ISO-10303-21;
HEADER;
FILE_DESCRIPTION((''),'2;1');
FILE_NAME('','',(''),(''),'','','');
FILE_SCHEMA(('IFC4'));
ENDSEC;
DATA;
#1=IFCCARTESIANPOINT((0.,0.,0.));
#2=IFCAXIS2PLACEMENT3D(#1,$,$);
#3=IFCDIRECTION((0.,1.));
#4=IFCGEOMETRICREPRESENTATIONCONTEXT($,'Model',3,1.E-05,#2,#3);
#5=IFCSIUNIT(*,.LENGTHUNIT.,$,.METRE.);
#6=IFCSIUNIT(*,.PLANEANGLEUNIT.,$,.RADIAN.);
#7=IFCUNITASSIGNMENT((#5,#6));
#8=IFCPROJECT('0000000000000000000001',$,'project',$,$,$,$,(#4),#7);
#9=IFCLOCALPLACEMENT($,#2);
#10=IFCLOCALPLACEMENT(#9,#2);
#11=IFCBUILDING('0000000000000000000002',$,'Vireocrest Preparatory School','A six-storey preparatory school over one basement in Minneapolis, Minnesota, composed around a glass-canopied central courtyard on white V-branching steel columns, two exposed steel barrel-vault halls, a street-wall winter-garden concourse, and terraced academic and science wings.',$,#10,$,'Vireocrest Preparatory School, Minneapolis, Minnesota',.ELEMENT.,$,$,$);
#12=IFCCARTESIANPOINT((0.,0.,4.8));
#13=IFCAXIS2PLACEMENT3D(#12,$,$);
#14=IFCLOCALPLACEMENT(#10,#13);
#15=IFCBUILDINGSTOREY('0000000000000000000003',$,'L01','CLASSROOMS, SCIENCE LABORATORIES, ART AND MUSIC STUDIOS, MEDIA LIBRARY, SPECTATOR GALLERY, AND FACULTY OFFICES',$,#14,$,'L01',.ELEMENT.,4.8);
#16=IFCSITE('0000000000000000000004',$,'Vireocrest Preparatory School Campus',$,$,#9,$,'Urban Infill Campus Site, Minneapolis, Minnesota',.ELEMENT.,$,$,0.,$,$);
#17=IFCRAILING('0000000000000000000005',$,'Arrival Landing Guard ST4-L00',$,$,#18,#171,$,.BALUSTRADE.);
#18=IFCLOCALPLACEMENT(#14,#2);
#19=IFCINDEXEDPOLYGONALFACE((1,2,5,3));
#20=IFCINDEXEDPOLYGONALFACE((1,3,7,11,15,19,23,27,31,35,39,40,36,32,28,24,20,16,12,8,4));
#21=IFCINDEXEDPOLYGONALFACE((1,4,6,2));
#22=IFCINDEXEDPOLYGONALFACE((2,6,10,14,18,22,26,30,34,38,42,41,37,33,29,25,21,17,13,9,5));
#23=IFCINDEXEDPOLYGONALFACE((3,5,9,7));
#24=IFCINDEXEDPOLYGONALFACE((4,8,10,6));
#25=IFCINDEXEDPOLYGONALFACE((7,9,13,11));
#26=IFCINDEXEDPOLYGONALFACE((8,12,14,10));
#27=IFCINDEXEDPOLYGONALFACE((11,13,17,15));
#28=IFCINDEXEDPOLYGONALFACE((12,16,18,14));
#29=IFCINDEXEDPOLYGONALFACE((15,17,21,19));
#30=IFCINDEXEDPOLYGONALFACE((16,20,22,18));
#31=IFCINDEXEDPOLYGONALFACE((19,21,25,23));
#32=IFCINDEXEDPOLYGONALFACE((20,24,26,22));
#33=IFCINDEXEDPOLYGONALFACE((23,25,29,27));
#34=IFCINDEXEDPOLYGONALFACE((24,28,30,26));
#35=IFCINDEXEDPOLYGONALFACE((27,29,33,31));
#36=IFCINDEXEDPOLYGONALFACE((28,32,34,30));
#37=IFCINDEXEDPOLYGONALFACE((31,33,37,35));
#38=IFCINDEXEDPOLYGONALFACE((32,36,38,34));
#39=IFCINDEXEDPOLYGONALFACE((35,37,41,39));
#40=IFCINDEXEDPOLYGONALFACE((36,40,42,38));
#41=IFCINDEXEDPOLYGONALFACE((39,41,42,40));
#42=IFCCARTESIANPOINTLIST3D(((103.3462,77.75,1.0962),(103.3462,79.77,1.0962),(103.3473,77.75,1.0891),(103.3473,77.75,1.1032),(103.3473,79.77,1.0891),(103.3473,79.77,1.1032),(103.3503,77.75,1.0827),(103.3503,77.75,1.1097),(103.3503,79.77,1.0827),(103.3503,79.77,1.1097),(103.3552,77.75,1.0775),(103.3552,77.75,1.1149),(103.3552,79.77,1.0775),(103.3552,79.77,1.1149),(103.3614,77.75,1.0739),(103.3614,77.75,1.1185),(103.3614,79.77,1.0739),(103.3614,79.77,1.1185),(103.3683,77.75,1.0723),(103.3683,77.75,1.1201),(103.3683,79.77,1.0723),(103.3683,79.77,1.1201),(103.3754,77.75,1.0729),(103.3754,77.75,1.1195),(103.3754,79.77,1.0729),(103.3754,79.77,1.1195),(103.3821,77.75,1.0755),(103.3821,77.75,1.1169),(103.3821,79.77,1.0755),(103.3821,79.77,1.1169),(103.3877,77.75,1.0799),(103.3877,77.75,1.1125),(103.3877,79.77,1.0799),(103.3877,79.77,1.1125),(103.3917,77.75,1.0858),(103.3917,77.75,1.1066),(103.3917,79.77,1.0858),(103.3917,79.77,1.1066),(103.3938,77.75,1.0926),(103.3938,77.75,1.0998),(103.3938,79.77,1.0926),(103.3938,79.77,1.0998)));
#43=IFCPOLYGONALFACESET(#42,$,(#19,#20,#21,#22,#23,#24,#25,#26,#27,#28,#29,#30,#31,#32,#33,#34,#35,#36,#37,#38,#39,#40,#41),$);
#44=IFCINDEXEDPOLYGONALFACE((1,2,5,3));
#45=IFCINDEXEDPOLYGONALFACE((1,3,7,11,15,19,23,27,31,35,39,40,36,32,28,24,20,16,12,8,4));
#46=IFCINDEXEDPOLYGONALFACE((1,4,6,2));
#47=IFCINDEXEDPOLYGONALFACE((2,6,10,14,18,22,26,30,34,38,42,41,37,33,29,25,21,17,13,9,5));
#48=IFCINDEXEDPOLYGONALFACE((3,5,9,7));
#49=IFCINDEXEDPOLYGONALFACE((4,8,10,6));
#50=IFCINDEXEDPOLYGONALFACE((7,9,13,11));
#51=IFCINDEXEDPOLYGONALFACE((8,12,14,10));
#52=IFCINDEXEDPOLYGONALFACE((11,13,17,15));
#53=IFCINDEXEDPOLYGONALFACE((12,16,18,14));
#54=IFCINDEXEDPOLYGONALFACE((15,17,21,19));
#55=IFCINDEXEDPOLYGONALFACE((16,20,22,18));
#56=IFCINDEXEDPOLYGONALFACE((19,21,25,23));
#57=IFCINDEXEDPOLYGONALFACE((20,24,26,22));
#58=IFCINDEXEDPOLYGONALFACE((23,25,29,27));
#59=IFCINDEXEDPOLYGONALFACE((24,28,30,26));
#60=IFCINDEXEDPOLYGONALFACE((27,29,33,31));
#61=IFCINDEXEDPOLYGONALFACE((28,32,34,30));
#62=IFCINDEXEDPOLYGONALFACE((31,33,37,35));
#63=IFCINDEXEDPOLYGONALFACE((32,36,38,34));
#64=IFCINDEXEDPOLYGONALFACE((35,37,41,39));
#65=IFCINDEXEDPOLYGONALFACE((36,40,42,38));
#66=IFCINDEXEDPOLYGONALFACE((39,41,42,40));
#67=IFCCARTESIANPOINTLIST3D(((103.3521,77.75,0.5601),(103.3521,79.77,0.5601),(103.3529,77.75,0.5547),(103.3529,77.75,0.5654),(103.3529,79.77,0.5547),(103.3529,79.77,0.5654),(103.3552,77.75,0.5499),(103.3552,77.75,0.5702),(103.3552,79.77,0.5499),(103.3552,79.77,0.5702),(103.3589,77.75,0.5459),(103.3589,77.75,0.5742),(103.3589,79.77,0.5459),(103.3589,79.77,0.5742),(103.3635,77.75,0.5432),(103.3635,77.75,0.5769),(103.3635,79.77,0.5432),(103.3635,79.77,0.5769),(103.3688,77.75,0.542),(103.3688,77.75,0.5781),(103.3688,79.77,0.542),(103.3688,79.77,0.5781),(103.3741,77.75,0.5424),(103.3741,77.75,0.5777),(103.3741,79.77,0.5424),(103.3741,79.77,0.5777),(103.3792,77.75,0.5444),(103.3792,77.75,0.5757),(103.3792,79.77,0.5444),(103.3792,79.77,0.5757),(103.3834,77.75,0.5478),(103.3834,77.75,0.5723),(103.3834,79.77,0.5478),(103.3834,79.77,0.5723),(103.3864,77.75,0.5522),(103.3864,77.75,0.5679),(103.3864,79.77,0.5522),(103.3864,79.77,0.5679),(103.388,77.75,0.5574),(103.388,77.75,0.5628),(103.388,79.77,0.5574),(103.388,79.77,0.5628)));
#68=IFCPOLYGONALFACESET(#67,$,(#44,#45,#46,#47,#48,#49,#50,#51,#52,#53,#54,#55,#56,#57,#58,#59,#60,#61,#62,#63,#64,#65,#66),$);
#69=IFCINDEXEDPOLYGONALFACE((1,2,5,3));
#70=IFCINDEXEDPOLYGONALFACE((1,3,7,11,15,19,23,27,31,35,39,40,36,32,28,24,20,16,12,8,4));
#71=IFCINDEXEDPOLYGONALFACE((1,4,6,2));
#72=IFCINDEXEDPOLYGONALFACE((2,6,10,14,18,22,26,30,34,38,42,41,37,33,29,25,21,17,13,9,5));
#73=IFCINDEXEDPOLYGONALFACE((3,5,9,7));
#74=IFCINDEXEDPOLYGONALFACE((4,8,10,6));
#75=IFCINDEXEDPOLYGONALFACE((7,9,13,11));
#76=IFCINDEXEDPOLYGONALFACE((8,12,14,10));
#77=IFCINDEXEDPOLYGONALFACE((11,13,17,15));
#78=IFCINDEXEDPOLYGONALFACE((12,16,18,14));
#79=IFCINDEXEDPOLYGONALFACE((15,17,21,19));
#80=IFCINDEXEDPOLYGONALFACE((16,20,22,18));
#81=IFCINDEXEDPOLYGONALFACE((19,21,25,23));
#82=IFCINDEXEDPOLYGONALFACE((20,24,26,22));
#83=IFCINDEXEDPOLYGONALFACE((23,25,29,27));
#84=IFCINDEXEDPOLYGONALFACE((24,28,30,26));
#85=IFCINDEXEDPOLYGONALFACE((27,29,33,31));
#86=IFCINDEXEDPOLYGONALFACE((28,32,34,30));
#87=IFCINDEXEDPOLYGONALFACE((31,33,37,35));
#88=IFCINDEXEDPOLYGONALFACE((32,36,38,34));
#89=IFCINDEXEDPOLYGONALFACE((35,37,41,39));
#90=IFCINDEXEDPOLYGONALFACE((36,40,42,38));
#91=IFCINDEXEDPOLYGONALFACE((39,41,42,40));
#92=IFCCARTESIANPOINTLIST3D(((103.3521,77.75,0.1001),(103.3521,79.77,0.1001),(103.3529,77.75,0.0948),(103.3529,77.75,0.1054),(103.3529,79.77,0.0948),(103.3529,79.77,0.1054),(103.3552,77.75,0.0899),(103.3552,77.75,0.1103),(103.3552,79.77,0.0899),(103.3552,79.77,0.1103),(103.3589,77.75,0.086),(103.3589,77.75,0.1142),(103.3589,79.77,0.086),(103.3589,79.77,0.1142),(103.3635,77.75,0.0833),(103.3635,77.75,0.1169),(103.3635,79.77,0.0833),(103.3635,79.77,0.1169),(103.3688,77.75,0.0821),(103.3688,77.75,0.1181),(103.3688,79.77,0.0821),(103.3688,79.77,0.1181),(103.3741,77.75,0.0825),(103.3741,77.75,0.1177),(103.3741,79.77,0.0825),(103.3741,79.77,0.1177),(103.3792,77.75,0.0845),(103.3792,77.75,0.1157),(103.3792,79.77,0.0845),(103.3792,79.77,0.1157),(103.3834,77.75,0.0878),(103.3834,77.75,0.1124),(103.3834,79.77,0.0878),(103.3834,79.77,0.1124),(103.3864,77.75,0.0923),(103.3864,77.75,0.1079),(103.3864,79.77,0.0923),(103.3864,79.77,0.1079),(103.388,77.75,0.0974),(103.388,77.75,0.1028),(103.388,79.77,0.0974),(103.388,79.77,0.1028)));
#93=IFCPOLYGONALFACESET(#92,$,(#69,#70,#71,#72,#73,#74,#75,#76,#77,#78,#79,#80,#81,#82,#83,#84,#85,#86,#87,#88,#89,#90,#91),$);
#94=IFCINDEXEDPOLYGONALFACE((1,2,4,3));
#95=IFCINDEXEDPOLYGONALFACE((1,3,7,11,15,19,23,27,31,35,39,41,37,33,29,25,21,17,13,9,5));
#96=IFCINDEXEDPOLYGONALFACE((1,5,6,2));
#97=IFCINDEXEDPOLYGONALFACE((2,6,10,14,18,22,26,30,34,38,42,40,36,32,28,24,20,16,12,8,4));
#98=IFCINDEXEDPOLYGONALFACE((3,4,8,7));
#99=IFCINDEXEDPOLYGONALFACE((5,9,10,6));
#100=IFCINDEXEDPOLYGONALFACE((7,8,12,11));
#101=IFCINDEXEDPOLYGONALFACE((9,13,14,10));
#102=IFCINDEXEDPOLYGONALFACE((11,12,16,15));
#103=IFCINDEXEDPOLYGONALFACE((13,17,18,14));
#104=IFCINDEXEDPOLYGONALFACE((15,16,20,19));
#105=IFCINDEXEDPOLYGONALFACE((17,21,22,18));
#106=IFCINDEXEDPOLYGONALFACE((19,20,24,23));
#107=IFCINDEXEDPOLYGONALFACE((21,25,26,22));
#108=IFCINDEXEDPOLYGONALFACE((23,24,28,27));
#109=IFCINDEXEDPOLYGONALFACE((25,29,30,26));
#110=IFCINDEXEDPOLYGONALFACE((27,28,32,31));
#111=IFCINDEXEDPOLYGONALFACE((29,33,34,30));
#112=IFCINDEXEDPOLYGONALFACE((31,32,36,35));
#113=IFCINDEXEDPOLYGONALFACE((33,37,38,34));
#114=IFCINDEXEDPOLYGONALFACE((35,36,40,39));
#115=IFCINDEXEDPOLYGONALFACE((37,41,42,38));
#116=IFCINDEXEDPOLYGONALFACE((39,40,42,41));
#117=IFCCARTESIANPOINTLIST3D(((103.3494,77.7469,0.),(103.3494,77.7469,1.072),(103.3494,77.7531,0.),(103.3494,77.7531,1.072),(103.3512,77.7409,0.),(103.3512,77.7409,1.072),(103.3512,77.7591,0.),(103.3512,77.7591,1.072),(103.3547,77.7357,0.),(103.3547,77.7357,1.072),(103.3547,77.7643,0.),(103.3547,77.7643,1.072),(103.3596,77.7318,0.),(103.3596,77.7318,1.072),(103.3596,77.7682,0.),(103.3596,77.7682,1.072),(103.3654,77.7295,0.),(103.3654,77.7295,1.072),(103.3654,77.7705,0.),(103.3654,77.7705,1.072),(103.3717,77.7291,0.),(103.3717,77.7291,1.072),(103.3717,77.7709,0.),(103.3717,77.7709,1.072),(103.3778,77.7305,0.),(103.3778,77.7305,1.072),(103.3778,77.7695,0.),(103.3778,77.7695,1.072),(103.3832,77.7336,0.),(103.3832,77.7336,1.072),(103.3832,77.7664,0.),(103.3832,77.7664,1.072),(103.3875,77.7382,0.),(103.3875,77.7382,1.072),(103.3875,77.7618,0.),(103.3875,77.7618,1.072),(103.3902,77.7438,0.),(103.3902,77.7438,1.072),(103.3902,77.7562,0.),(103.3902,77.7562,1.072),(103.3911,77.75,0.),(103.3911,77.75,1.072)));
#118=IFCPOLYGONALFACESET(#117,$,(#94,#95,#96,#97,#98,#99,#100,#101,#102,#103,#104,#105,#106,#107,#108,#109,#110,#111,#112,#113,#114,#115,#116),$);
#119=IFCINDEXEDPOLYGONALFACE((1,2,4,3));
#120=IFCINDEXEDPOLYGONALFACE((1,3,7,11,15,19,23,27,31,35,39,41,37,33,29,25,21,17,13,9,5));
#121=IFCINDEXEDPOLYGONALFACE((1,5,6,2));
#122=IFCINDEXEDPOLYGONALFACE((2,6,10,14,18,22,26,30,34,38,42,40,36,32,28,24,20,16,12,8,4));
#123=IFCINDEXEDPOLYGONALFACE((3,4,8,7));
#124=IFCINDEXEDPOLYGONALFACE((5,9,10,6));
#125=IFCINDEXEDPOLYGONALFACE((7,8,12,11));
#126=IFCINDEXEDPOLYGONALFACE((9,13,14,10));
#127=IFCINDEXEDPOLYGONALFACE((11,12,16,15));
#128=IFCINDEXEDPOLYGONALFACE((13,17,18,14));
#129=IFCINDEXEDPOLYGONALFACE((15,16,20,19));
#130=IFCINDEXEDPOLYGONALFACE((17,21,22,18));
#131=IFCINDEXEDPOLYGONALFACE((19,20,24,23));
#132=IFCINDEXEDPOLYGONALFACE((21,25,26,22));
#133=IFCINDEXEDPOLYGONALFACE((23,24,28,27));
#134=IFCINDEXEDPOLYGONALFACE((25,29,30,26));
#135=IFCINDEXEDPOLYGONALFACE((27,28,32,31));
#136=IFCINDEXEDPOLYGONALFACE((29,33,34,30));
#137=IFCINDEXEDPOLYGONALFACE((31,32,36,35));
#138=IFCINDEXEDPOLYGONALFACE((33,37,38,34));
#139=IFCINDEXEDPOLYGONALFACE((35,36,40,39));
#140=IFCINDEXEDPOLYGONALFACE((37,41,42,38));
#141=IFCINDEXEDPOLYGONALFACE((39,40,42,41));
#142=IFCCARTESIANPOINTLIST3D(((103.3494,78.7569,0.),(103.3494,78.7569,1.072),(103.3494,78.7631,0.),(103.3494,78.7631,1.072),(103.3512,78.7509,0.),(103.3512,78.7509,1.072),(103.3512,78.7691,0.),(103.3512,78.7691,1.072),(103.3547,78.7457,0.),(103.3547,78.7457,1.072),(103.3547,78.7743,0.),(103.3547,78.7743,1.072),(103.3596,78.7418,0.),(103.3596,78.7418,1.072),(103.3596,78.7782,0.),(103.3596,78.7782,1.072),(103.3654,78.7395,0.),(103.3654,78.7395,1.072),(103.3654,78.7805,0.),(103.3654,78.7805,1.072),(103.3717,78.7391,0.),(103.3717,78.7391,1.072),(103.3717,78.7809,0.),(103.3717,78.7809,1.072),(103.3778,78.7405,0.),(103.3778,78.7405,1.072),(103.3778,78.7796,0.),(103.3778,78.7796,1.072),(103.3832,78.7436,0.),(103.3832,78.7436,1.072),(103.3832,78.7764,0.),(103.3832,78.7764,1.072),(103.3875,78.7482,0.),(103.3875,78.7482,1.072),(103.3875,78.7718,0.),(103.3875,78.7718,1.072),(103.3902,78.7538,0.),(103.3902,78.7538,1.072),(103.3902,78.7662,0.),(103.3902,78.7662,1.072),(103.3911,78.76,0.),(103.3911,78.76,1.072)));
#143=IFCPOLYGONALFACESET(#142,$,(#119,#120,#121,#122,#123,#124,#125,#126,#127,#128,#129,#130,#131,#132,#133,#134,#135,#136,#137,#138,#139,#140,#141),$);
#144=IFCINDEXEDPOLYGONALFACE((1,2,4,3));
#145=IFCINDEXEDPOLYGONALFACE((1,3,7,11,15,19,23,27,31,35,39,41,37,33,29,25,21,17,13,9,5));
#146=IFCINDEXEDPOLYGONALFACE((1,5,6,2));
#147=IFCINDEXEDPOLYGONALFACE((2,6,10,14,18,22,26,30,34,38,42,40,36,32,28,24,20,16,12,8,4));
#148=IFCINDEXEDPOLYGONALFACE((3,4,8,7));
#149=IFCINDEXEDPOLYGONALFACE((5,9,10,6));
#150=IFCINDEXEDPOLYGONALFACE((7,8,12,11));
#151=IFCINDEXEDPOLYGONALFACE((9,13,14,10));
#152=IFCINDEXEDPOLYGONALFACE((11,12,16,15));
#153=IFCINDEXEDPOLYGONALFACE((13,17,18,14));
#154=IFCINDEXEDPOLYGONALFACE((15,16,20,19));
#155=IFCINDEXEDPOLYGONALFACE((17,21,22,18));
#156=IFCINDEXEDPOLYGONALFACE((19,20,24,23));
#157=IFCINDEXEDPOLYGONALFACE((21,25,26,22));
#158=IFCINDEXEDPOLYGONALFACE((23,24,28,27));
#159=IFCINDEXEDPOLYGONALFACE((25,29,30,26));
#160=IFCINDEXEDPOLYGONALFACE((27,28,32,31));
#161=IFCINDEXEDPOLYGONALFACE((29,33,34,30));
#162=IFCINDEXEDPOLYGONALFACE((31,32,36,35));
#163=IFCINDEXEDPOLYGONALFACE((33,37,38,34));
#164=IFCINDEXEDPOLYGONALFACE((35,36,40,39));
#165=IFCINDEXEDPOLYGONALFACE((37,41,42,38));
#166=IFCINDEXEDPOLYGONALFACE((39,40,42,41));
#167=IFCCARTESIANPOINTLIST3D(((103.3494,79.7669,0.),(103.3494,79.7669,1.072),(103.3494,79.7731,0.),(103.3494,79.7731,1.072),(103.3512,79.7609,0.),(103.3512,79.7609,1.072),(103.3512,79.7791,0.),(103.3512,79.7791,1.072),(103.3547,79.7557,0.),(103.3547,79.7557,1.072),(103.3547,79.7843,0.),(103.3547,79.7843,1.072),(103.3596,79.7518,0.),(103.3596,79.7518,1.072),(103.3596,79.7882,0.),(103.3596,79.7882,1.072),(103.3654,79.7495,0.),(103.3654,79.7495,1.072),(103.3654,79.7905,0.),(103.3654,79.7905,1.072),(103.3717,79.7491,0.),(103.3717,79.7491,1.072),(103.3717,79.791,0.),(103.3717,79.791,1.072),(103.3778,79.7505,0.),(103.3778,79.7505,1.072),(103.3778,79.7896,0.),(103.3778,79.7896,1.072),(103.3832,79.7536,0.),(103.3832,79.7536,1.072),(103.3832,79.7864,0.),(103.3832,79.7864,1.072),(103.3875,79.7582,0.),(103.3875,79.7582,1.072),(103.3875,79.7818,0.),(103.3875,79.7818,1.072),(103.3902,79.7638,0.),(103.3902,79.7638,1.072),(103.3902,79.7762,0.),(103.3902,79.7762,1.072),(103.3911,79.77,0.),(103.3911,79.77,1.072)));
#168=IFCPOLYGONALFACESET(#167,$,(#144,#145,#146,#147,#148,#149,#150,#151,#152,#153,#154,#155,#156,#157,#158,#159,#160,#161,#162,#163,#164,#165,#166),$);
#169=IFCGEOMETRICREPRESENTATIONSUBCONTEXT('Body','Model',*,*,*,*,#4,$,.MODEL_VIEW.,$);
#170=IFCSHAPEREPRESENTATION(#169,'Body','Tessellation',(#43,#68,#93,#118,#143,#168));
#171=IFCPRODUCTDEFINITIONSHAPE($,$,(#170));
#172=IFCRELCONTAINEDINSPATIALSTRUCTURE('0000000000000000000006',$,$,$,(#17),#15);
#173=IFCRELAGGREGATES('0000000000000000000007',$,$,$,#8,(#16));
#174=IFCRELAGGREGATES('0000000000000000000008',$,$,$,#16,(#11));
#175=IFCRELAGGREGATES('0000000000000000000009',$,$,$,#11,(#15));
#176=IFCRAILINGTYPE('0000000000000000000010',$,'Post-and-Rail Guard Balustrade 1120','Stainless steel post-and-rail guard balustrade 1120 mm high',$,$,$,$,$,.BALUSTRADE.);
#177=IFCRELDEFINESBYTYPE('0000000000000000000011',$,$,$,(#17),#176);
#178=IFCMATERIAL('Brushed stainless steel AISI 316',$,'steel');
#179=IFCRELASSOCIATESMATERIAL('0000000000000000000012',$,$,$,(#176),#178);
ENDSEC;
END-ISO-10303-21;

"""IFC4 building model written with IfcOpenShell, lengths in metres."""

from ifc_helpers import new_model, si_unit, direction, frame, origin, origin_2d, place, context, subcontext, project, spatial, circle, extrude, material, type_object, element, save


model = new_model("IFC4")

# Units and contexts
model_context = context("Model", 3, precision=1e-05, world=origin(), true_north=direction((0.0, 1.0)))
body_context = subcontext(model_context, "Body", "Model", "MODEL_VIEW")
ifc_project = project(units=[si_unit("LENGTHUNIT", "METRE"), si_unit("PLANEANGLEUNIT", "RADIAN")], contexts=[model_context])

# Site, building, storey
site_placement = place(None, origin())
site = spatial("IfcSite", under=ifc_project, at=site_placement, Name="Vireocrest Preparatory School Campus", LongName="Urban Infill Campus Site, Minneapolis, Minnesota", CompositionType="ELEMENT", RefElevation=0.0)
building_placement = place(site_placement, origin())
building = spatial("IfcBuilding", under=site, at=building_placement, Name="Vireocrest Preparatory School", Description="A six-storey preparatory school over one basement in Minneapolis, Minnesota, composed around a glass-canopied central courtyard on white V-branching steel columns, two exposed steel barrel-vault halls, a street-wall winter-garden concourse, and terraced academic and science wings.", LongName="Vireocrest Preparatory School, Minneapolis, Minnesota", CompositionType="ELEMENT")
storey_placement = place(building_placement, frame((0.0, 0.0, 4.8)))
storey = spatial("IfcBuildingStorey", under=building, at=storey_placement, Name="L01", Description="CLASSROOMS, SCIENCE LABORATORIES, ART AND MUSIC STUDIOS, MEDIA LIBRARY, SPECTATOR GALLERY, AND FACULTY OFFICES", LongName="L01", CompositionType="ELEMENT", Elevation=4.8)

# Railing
ifc_material_1 = material(Name="Brushed stainless steel AISI 316", Category="steel")
railing_type_1 = type_object("IfcRailingType", Name="Post-and-Rail Guard Balustrade 1120", Description="Stainless steel post-and-rail guard balustrade 1120 mm high", PredefinedType="BALUSTRADE", material=ifc_material_1)
railing_1_placement = place(storey_placement, frame((103.3701, 77.75, 0.0)))
element("IfcRailing", 1, at=railing_1_placement, inside=storey, type_object=railing_type_1, Name="Arrival Landing Guard ST4-L00", PredefinedType="BALUSTRADE", context=body_context, shape_type="SweptSolid", body=[
    extrude(circle(Radius=0.0239, at=origin_2d()), frame((0.0, 0.0, 1.0962), z_axis=(0.0, 1.0, 0.0), x_axis=(-1.0, 0.0, 0.0)), (0.0, 0.0, 1.0), 2.02),
    extrude(circle(Radius=0.0181, at=origin_2d()), frame((0.0, 0.0, 0.5601), z_axis=(0.0, 1.0, 0.0), x_axis=(-1.0, 0.0, 0.0)), (0.0, 0.0, 1.0), 2.02),
    extrude(circle(Radius=0.0181, at=origin_2d()), frame((0.0, 0.0, 0.1001), z_axis=(0.0, 1.0, 0.0), x_axis=(-1.0, 0.0, 0.0)), (0.0, 0.0, 1.0), 2.02),
    extrude(circle(Radius=0.021, at=origin_2d()), origin(), (0.0, 0.0, 1.0), 1.072),
    extrude(circle(Radius=0.021, at=origin_2d()), frame((0.0, 1.01, 0.0)), (0.0, 0.0, 1.0), 1.072),
    extrude(circle(Radius=0.021, at=origin_2d()), frame((0.0, 2.02, 0.0)), (0.0, 0.0, 1.0), 1.072),
])

save(model, "model.ifc")
